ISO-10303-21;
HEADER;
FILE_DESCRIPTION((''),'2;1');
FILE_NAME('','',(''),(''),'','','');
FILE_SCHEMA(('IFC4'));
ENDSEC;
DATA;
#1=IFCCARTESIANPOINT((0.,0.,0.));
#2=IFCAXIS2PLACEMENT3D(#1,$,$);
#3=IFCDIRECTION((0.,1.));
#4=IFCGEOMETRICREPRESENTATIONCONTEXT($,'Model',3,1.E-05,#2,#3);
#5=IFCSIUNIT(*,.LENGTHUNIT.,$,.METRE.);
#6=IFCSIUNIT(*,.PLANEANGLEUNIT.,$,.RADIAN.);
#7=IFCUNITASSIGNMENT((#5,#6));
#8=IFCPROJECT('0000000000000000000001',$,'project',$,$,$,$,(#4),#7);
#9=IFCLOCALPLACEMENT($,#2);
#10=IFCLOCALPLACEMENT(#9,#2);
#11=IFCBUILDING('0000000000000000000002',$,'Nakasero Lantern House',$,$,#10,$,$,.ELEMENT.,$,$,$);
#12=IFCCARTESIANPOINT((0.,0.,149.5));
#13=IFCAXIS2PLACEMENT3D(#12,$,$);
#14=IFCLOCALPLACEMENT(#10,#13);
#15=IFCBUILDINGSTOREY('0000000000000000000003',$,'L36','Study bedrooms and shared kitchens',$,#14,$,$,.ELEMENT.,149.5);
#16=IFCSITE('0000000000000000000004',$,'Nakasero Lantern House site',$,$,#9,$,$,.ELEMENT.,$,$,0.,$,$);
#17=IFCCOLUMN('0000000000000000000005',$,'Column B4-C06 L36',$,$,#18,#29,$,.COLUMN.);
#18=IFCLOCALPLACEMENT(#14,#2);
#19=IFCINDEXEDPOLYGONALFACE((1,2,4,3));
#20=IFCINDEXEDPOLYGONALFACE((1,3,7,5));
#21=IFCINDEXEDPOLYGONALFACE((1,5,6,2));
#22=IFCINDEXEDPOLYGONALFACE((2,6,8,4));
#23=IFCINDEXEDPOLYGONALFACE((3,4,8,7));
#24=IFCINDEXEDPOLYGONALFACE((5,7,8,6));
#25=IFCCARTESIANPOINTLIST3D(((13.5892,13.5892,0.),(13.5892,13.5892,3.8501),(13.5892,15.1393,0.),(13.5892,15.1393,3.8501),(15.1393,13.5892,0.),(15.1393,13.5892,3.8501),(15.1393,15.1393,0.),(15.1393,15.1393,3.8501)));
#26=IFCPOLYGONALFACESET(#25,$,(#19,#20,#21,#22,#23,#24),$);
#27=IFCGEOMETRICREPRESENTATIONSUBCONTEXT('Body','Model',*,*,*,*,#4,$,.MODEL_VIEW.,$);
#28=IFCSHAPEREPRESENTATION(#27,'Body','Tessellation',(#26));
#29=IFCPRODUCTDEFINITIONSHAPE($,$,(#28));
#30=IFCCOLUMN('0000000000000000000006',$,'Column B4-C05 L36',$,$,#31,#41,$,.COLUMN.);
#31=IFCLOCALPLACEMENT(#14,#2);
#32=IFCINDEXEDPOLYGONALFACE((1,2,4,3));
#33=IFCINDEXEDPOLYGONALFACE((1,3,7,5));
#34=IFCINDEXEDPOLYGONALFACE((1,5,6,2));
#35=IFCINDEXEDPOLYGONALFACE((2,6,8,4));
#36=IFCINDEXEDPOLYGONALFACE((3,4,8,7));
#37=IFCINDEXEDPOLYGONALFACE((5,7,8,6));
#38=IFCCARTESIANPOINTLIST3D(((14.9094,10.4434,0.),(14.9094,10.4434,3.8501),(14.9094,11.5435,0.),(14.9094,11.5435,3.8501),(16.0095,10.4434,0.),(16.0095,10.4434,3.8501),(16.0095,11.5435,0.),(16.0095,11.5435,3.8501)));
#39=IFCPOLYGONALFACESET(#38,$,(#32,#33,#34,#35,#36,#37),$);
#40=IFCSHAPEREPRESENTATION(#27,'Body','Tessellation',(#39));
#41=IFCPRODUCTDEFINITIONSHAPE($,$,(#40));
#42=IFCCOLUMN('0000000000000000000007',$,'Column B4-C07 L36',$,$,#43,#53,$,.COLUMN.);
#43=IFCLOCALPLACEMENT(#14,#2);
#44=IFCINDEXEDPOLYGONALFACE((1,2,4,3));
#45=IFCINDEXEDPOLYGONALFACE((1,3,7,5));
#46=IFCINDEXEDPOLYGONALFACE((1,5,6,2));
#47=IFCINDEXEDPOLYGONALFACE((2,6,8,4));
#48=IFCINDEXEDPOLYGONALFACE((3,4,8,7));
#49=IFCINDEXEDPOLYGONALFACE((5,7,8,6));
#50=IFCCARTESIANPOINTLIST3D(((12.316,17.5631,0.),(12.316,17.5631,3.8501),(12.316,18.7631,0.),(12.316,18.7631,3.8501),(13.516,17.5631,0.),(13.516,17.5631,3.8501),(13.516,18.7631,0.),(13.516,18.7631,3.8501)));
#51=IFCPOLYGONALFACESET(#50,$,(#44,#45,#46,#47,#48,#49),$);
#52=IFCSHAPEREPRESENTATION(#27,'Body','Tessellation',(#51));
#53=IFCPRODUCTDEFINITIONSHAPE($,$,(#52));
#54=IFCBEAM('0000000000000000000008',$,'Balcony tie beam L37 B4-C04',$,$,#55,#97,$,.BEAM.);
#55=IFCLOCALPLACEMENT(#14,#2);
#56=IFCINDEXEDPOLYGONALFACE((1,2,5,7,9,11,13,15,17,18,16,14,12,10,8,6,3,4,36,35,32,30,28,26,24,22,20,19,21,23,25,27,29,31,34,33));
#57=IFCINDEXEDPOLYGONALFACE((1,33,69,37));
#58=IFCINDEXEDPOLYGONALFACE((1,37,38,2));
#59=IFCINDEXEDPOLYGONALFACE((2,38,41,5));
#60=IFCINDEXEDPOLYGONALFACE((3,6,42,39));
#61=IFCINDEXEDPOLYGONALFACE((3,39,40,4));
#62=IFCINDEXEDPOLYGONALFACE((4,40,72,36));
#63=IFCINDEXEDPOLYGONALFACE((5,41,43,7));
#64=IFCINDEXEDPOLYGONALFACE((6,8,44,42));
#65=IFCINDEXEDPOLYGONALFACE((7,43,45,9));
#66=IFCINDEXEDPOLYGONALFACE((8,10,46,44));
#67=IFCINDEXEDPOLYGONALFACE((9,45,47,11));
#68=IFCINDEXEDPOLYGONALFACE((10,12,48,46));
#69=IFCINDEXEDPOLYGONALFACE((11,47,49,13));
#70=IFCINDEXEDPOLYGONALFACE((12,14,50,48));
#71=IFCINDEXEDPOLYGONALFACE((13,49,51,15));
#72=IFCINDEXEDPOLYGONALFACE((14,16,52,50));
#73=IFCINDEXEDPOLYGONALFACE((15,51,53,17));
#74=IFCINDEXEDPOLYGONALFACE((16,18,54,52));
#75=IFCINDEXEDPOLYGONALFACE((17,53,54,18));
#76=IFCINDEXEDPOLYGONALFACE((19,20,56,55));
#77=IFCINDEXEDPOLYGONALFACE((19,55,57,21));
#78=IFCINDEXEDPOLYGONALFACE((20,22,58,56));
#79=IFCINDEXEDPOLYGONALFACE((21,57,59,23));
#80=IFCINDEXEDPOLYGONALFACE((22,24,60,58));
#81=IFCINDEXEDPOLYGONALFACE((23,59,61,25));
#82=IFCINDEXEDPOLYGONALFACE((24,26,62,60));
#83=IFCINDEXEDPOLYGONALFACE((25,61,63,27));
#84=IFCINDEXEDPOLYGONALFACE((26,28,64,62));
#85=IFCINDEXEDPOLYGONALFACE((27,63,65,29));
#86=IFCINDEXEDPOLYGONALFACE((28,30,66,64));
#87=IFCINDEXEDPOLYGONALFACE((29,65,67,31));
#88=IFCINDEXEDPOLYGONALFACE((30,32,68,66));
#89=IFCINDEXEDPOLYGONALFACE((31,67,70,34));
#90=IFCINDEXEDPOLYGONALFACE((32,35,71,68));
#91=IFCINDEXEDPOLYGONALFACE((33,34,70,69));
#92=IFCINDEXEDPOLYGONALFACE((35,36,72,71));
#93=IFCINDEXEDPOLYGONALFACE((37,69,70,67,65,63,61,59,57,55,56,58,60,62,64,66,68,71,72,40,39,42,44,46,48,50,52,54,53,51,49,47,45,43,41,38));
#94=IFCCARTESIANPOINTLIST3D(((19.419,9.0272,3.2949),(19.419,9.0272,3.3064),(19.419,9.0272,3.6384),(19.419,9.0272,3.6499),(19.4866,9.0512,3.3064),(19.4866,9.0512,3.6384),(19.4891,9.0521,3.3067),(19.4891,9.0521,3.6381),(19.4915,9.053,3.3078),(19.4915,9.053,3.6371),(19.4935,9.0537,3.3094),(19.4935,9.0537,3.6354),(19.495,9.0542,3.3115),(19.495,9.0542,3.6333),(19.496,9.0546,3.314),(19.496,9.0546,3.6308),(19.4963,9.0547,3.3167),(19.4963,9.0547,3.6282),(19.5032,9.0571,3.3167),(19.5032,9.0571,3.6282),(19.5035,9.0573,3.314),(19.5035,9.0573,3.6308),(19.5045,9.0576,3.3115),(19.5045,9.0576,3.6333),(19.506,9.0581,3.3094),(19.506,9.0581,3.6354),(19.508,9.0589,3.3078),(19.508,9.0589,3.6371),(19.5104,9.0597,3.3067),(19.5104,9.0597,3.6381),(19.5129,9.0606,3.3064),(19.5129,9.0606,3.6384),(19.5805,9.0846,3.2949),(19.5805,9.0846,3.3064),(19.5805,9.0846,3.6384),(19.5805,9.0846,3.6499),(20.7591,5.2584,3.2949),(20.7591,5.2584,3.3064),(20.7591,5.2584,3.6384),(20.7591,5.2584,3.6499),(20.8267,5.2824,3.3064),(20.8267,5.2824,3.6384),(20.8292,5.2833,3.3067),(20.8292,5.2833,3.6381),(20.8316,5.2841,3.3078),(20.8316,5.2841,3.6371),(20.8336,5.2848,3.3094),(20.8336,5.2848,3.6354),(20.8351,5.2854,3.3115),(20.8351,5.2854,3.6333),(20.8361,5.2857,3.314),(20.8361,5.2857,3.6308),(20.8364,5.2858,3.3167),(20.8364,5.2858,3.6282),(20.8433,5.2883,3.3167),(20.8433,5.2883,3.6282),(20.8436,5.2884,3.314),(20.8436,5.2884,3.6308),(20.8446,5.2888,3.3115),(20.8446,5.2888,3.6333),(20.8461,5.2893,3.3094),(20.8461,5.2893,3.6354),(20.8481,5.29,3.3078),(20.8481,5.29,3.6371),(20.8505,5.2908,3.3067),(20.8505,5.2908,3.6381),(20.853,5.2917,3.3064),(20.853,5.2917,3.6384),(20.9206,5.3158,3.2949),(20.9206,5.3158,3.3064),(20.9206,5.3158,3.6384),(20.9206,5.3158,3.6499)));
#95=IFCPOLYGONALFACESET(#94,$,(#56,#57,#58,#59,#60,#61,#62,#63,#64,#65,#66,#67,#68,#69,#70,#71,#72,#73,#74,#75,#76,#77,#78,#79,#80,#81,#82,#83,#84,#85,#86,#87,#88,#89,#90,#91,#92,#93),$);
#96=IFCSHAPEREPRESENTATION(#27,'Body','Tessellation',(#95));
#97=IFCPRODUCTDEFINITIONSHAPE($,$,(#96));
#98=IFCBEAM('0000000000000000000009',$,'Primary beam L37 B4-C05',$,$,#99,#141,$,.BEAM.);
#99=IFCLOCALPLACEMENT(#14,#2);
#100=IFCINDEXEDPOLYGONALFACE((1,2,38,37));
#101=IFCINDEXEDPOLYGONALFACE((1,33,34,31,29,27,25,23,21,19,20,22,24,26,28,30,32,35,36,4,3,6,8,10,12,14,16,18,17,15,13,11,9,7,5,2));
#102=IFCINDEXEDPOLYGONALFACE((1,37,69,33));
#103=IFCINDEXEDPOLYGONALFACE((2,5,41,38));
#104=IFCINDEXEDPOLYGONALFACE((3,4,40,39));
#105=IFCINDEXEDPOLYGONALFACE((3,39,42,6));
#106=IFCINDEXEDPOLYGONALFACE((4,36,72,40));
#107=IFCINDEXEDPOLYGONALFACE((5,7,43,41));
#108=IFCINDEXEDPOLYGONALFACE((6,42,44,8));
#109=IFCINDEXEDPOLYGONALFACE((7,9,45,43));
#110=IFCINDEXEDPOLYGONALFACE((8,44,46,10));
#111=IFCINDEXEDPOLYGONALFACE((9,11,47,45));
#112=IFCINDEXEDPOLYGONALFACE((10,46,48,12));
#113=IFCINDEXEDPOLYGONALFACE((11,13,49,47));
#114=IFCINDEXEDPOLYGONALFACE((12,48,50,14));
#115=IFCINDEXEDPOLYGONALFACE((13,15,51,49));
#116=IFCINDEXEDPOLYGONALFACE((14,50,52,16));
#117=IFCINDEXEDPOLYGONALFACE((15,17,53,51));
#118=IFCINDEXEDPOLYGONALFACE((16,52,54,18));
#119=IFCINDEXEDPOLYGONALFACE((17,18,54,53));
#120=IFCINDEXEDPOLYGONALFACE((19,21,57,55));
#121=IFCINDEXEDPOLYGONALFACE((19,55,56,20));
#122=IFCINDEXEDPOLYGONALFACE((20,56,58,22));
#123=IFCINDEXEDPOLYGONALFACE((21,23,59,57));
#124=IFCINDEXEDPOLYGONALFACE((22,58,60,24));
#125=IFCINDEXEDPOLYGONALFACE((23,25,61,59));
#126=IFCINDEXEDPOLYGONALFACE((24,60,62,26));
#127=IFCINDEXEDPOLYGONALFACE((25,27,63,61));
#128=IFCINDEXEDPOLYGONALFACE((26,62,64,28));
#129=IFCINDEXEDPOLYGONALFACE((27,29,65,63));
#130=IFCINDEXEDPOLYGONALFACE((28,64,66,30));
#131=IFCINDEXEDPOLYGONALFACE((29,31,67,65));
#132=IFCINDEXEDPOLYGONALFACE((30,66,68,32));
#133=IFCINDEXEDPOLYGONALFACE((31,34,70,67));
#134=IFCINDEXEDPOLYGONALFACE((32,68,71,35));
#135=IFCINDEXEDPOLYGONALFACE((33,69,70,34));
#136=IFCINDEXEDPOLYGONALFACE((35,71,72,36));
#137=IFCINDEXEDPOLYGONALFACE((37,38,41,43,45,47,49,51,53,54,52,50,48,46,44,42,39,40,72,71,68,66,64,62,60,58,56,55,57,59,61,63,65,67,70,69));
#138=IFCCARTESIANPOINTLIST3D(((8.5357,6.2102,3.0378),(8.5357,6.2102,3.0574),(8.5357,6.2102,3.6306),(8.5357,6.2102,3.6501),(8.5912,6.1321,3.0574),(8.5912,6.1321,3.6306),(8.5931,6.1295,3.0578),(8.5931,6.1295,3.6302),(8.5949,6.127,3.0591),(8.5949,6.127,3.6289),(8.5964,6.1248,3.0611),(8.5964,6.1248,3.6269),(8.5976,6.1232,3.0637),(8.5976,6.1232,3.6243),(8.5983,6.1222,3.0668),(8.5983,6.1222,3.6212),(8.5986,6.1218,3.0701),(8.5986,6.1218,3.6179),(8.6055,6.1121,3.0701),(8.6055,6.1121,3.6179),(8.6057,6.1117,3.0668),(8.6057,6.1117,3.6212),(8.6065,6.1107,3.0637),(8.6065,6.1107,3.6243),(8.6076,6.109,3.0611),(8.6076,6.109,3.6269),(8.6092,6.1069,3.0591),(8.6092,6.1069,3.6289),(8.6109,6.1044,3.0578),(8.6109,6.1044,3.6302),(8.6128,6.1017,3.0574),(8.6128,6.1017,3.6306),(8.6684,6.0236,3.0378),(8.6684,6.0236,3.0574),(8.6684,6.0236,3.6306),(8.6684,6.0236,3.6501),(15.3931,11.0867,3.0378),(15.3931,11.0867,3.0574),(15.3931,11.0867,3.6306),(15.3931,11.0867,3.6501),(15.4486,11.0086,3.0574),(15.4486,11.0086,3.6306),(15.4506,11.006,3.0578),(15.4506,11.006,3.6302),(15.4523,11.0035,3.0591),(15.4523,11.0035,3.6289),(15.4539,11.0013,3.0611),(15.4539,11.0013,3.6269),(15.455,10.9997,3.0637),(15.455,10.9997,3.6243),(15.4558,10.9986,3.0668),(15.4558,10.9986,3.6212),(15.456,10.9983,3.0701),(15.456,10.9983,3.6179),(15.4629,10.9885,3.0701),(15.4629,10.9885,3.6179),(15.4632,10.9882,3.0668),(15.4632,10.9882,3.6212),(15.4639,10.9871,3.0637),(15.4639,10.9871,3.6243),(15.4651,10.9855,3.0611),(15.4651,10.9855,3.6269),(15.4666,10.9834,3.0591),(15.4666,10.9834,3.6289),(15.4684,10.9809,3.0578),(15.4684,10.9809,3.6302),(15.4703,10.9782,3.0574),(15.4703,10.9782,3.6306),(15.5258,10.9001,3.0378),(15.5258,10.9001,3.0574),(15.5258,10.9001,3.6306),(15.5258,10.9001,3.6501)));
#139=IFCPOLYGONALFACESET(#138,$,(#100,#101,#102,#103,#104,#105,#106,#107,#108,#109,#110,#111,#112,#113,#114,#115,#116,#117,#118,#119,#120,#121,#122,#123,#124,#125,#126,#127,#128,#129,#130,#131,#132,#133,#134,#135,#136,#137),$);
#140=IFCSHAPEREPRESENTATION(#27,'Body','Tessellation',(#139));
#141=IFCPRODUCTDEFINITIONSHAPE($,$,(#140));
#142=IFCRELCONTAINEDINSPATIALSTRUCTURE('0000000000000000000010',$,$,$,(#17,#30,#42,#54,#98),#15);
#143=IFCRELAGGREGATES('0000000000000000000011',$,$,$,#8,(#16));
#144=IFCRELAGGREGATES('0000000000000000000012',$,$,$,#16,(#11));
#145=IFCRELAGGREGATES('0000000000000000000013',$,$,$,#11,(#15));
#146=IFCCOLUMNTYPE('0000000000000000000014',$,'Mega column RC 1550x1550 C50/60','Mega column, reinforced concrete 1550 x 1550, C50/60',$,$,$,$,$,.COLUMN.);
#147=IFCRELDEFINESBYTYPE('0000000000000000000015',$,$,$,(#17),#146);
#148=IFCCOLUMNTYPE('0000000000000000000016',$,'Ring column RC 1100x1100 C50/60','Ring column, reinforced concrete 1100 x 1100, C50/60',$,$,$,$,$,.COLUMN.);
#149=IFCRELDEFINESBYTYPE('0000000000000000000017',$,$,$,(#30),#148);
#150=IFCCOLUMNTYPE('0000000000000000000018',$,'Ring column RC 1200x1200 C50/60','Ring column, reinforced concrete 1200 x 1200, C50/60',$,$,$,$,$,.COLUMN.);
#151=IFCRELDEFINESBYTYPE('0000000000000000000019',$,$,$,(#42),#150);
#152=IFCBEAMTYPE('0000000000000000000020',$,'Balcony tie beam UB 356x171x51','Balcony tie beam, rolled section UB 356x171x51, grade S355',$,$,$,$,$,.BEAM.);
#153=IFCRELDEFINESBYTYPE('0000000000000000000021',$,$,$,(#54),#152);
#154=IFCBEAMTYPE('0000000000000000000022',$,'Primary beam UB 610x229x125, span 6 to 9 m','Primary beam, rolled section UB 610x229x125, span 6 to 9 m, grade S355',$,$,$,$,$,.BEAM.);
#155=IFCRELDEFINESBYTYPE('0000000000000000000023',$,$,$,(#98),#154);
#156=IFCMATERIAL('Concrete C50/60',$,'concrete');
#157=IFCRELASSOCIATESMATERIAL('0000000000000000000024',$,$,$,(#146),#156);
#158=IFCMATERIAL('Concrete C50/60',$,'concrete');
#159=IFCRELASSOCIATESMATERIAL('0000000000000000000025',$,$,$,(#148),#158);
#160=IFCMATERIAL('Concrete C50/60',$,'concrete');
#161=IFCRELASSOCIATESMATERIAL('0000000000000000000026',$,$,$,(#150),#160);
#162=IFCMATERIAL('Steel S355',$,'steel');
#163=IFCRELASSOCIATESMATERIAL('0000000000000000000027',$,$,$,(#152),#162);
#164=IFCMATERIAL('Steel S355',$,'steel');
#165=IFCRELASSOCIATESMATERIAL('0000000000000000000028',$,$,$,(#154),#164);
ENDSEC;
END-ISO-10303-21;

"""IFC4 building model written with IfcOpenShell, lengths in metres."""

from ifc_helpers import new_model, si_unit, direction, frame, origin, origin_2d, place, context, subcontext, project, spatial, rectangle, i_section, extrude, material, material_profile, profile_set, type_object, element, save


model = new_model("IFC4")

# Units and contexts
model_context = context("Model", 3, precision=1e-05, world=origin(), true_north=direction((0.0, 1.0)))
body_context = subcontext(model_context, "Body", "Model", "MODEL_VIEW")
ifc_project = project(units=[si_unit("LENGTHUNIT", "METRE"), si_unit("PLANEANGLEUNIT", "RADIAN")], contexts=[model_context])

# Site, building, storey
site_placement = place(None, origin())
site = spatial("IfcSite", under=ifc_project, at=site_placement, Name="Nakasero Lantern House site", CompositionType="ELEMENT", RefElevation=0.0)
building_placement = place(site_placement, origin())
building = spatial("IfcBuilding", under=site, at=building_placement, Name="Nakasero Lantern House", CompositionType="ELEMENT")
storey_placement = place(building_placement, frame((0.0, 0.0, 149.5)))
storey = spatial("IfcBuildingStorey", under=building, at=storey_placement, Name="L36", Description="Study bedrooms and shared kitchens", CompositionType="ELEMENT", Elevation=149.5)

# Columns
ifc_material_1 = material(Name="Concrete C50/60", Category="concrete")
ifc_material_profile_1 = material_profile(ifc_material_1, rectangle(XDim=1.55, YDim=1.55, at=origin_2d()), Name="RC 1550x1550")
ifc_profile_set_1 = profile_set([ifc_material_profile_1], Name="Concrete C50/60")
column_type_1 = type_object("IfcColumnType", Name="Mega column RC 1550x1550 C50/60", Description="Mega column, reinforced concrete 1550 x 1550, C50/60", PredefinedType="COLUMN", material=ifc_profile_set_1)
column_1_placement = place(storey_placement, frame((14.3643, 14.3643, 0.0), z_axis=(0.0, 0.0, 1.0), x_axis=(1.0, 0.0, 0.0)))
element("IfcColumn", 1, at=column_1_placement, inside=storey, type_object=column_type_1, Name="Column B4-C06 L36", PredefinedType="COLUMN", context=body_context, shape_type="SweptSolid", body=[
    extrude(rectangle(XDim=1.55, YDim=1.55, at=origin_2d()), origin(), (0.0, 0.0, 1.0), 3.8501),
])
ifc_material_2 = material(Name="Concrete C50/60", Category="concrete")
ifc_material_profile_2 = material_profile(ifc_material_2, rectangle(XDim=1.1001, YDim=1.1001, at=origin_2d()), Name="RC 1100x1100")
ifc_profile_set_2 = profile_set([ifc_material_profile_2], Name="Concrete C50/60")
column_type_2 = type_object("IfcColumnType", Name="Ring column RC 1100x1100 C50/60", Description="Ring column, reinforced concrete 1100 x 1100, C50/60", PredefinedType="COLUMN", material=ifc_profile_set_2)
column_2_placement = place(storey_placement, frame((15.4595, 10.9934, 0.0), z_axis=(0.0, 0.0, 1.0), x_axis=(1.0, 0.0, 0.0)))
element("IfcColumn", 2, at=column_2_placement, inside=storey, type_object=column_type_2, Name="Column B4-C05 L36", PredefinedType="COLUMN", context=body_context, shape_type="SweptSolid", body=[
    extrude(rectangle(XDim=1.1001, YDim=1.1001, at=origin_2d()), origin(), (0.0, 0.0, 1.0), 3.8501),
])
ifc_material_3 = material(Name="Concrete C50/60", Category="concrete")
ifc_material_profile_3 = material_profile(ifc_material_3, rectangle(XDim=1.2, YDim=1.2, at=origin_2d()), Name="RC 1200x1200")
ifc_profile_set_3 = profile_set([ifc_material_profile_3], Name="Concrete C50/60")
column_type_3 = type_object("IfcColumnType", Name="Ring column RC 1200x1200 C50/60", Description="Ring column, reinforced concrete 1200 x 1200, C50/60", PredefinedType="COLUMN", material=ifc_profile_set_3)
column_3_placement = place(storey_placement, frame((12.916, 18.1631, 0.0), z_axis=(0.0, 0.0, 1.0), x_axis=(1.0, 0.0, 0.0)))
element("IfcColumn", 3, at=column_3_placement, inside=storey, type_object=column_type_3, Name="Column B4-C07 L36", PredefinedType="COLUMN", context=body_context, shape_type="SweptSolid", body=[
    extrude(rectangle(XDim=1.2, YDim=1.2, at=origin_2d()), origin(), (0.0, 0.0, 1.0), 3.8501),
])

# Beams
ifc_material_4 = material(Name="Steel S355", Category="steel")
ifc_material_profile_4 = material_profile(ifc_material_4, i_section(OverallWidth=0.1714, OverallDepth=0.355, WebThickness=0.0073, FlangeThickness=0.0115, FilletRadius=0.0103, at=origin_2d()), Name="UB 356x171x51")
ifc_profile_set_4 = profile_set([ifc_material_profile_4], Name="Steel S355")
beam_type_1 = type_object("IfcBeamType", Name="Balcony tie beam UB 356x171x51", Description="Balcony tie beam, rolled section UB 356x171x51, grade S355", PredefinedType="BEAM", material=ifc_profile_set_4)
beam_1_placement = place(storey_placement, frame((19.4998, 9.0559, 3.4724), z_axis=(0.335025, -0.942209, 0.0), x_axis=(0.942209, 0.335025, 0.0)))
element("IfcBeam", 4, at=beam_1_placement, inside=storey, type_object=beam_type_1, Name="Balcony tie beam L37 B4-C04", PredefinedType="BEAM", context=body_context, shape_type="SweptSolid", body=[
    extrude(i_section(OverallWidth=0.1714, OverallDepth=0.355, WebThickness=0.0073, FlangeThickness=0.0115, FilletRadius=0.0103, at=origin_2d()), origin(), (0.0, 0.0, 1.0), 4.0),
])
ifc_material_5 = material(Name="Steel S355", Category="steel")
ifc_material_profile_5 = material_profile(ifc_material_5, i_section(OverallWidth=0.229, OverallDepth=0.6123, WebThickness=0.012, FlangeThickness=0.0195, FilletRadius=0.0127, at=origin_2d()), Name="UB 610x229x125")
ifc_profile_set_5 = profile_set([ifc_material_profile_5], Name="Steel S355")
beam_type_2 = type_object("IfcBeamType", Name="Primary beam UB 610x229x125, span 6 to 9 m", Description="Primary beam, rolled section UB 610x229x125, span 6 to 9 m, grade S355", PredefinedType="BEAM", material=ifc_profile_set_5)
beam_2_placement = place(storey_placement, frame((15.4595, 10.9934, 3.344), z_axis=(-0.814951, -0.57953, 0.0), x_axis=(0.57953, -0.814951, 0.0)))
element("IfcBeam", 5, at=beam_2_placement, inside=storey, type_object=beam_type_2, Name="Primary beam L37 B4-C05", PredefinedType="BEAM", context=body_context, shape_type="SweptSolid", body=[
    extrude(i_section(OverallWidth=0.229, OverallDepth=0.6123, WebThickness=0.012, FlangeThickness=0.0195, FilletRadius=0.0127, at=origin_2d()), origin(), (0.0, 0.0, 1.0), 8.4146),
])

save(model, "model.ifc")
